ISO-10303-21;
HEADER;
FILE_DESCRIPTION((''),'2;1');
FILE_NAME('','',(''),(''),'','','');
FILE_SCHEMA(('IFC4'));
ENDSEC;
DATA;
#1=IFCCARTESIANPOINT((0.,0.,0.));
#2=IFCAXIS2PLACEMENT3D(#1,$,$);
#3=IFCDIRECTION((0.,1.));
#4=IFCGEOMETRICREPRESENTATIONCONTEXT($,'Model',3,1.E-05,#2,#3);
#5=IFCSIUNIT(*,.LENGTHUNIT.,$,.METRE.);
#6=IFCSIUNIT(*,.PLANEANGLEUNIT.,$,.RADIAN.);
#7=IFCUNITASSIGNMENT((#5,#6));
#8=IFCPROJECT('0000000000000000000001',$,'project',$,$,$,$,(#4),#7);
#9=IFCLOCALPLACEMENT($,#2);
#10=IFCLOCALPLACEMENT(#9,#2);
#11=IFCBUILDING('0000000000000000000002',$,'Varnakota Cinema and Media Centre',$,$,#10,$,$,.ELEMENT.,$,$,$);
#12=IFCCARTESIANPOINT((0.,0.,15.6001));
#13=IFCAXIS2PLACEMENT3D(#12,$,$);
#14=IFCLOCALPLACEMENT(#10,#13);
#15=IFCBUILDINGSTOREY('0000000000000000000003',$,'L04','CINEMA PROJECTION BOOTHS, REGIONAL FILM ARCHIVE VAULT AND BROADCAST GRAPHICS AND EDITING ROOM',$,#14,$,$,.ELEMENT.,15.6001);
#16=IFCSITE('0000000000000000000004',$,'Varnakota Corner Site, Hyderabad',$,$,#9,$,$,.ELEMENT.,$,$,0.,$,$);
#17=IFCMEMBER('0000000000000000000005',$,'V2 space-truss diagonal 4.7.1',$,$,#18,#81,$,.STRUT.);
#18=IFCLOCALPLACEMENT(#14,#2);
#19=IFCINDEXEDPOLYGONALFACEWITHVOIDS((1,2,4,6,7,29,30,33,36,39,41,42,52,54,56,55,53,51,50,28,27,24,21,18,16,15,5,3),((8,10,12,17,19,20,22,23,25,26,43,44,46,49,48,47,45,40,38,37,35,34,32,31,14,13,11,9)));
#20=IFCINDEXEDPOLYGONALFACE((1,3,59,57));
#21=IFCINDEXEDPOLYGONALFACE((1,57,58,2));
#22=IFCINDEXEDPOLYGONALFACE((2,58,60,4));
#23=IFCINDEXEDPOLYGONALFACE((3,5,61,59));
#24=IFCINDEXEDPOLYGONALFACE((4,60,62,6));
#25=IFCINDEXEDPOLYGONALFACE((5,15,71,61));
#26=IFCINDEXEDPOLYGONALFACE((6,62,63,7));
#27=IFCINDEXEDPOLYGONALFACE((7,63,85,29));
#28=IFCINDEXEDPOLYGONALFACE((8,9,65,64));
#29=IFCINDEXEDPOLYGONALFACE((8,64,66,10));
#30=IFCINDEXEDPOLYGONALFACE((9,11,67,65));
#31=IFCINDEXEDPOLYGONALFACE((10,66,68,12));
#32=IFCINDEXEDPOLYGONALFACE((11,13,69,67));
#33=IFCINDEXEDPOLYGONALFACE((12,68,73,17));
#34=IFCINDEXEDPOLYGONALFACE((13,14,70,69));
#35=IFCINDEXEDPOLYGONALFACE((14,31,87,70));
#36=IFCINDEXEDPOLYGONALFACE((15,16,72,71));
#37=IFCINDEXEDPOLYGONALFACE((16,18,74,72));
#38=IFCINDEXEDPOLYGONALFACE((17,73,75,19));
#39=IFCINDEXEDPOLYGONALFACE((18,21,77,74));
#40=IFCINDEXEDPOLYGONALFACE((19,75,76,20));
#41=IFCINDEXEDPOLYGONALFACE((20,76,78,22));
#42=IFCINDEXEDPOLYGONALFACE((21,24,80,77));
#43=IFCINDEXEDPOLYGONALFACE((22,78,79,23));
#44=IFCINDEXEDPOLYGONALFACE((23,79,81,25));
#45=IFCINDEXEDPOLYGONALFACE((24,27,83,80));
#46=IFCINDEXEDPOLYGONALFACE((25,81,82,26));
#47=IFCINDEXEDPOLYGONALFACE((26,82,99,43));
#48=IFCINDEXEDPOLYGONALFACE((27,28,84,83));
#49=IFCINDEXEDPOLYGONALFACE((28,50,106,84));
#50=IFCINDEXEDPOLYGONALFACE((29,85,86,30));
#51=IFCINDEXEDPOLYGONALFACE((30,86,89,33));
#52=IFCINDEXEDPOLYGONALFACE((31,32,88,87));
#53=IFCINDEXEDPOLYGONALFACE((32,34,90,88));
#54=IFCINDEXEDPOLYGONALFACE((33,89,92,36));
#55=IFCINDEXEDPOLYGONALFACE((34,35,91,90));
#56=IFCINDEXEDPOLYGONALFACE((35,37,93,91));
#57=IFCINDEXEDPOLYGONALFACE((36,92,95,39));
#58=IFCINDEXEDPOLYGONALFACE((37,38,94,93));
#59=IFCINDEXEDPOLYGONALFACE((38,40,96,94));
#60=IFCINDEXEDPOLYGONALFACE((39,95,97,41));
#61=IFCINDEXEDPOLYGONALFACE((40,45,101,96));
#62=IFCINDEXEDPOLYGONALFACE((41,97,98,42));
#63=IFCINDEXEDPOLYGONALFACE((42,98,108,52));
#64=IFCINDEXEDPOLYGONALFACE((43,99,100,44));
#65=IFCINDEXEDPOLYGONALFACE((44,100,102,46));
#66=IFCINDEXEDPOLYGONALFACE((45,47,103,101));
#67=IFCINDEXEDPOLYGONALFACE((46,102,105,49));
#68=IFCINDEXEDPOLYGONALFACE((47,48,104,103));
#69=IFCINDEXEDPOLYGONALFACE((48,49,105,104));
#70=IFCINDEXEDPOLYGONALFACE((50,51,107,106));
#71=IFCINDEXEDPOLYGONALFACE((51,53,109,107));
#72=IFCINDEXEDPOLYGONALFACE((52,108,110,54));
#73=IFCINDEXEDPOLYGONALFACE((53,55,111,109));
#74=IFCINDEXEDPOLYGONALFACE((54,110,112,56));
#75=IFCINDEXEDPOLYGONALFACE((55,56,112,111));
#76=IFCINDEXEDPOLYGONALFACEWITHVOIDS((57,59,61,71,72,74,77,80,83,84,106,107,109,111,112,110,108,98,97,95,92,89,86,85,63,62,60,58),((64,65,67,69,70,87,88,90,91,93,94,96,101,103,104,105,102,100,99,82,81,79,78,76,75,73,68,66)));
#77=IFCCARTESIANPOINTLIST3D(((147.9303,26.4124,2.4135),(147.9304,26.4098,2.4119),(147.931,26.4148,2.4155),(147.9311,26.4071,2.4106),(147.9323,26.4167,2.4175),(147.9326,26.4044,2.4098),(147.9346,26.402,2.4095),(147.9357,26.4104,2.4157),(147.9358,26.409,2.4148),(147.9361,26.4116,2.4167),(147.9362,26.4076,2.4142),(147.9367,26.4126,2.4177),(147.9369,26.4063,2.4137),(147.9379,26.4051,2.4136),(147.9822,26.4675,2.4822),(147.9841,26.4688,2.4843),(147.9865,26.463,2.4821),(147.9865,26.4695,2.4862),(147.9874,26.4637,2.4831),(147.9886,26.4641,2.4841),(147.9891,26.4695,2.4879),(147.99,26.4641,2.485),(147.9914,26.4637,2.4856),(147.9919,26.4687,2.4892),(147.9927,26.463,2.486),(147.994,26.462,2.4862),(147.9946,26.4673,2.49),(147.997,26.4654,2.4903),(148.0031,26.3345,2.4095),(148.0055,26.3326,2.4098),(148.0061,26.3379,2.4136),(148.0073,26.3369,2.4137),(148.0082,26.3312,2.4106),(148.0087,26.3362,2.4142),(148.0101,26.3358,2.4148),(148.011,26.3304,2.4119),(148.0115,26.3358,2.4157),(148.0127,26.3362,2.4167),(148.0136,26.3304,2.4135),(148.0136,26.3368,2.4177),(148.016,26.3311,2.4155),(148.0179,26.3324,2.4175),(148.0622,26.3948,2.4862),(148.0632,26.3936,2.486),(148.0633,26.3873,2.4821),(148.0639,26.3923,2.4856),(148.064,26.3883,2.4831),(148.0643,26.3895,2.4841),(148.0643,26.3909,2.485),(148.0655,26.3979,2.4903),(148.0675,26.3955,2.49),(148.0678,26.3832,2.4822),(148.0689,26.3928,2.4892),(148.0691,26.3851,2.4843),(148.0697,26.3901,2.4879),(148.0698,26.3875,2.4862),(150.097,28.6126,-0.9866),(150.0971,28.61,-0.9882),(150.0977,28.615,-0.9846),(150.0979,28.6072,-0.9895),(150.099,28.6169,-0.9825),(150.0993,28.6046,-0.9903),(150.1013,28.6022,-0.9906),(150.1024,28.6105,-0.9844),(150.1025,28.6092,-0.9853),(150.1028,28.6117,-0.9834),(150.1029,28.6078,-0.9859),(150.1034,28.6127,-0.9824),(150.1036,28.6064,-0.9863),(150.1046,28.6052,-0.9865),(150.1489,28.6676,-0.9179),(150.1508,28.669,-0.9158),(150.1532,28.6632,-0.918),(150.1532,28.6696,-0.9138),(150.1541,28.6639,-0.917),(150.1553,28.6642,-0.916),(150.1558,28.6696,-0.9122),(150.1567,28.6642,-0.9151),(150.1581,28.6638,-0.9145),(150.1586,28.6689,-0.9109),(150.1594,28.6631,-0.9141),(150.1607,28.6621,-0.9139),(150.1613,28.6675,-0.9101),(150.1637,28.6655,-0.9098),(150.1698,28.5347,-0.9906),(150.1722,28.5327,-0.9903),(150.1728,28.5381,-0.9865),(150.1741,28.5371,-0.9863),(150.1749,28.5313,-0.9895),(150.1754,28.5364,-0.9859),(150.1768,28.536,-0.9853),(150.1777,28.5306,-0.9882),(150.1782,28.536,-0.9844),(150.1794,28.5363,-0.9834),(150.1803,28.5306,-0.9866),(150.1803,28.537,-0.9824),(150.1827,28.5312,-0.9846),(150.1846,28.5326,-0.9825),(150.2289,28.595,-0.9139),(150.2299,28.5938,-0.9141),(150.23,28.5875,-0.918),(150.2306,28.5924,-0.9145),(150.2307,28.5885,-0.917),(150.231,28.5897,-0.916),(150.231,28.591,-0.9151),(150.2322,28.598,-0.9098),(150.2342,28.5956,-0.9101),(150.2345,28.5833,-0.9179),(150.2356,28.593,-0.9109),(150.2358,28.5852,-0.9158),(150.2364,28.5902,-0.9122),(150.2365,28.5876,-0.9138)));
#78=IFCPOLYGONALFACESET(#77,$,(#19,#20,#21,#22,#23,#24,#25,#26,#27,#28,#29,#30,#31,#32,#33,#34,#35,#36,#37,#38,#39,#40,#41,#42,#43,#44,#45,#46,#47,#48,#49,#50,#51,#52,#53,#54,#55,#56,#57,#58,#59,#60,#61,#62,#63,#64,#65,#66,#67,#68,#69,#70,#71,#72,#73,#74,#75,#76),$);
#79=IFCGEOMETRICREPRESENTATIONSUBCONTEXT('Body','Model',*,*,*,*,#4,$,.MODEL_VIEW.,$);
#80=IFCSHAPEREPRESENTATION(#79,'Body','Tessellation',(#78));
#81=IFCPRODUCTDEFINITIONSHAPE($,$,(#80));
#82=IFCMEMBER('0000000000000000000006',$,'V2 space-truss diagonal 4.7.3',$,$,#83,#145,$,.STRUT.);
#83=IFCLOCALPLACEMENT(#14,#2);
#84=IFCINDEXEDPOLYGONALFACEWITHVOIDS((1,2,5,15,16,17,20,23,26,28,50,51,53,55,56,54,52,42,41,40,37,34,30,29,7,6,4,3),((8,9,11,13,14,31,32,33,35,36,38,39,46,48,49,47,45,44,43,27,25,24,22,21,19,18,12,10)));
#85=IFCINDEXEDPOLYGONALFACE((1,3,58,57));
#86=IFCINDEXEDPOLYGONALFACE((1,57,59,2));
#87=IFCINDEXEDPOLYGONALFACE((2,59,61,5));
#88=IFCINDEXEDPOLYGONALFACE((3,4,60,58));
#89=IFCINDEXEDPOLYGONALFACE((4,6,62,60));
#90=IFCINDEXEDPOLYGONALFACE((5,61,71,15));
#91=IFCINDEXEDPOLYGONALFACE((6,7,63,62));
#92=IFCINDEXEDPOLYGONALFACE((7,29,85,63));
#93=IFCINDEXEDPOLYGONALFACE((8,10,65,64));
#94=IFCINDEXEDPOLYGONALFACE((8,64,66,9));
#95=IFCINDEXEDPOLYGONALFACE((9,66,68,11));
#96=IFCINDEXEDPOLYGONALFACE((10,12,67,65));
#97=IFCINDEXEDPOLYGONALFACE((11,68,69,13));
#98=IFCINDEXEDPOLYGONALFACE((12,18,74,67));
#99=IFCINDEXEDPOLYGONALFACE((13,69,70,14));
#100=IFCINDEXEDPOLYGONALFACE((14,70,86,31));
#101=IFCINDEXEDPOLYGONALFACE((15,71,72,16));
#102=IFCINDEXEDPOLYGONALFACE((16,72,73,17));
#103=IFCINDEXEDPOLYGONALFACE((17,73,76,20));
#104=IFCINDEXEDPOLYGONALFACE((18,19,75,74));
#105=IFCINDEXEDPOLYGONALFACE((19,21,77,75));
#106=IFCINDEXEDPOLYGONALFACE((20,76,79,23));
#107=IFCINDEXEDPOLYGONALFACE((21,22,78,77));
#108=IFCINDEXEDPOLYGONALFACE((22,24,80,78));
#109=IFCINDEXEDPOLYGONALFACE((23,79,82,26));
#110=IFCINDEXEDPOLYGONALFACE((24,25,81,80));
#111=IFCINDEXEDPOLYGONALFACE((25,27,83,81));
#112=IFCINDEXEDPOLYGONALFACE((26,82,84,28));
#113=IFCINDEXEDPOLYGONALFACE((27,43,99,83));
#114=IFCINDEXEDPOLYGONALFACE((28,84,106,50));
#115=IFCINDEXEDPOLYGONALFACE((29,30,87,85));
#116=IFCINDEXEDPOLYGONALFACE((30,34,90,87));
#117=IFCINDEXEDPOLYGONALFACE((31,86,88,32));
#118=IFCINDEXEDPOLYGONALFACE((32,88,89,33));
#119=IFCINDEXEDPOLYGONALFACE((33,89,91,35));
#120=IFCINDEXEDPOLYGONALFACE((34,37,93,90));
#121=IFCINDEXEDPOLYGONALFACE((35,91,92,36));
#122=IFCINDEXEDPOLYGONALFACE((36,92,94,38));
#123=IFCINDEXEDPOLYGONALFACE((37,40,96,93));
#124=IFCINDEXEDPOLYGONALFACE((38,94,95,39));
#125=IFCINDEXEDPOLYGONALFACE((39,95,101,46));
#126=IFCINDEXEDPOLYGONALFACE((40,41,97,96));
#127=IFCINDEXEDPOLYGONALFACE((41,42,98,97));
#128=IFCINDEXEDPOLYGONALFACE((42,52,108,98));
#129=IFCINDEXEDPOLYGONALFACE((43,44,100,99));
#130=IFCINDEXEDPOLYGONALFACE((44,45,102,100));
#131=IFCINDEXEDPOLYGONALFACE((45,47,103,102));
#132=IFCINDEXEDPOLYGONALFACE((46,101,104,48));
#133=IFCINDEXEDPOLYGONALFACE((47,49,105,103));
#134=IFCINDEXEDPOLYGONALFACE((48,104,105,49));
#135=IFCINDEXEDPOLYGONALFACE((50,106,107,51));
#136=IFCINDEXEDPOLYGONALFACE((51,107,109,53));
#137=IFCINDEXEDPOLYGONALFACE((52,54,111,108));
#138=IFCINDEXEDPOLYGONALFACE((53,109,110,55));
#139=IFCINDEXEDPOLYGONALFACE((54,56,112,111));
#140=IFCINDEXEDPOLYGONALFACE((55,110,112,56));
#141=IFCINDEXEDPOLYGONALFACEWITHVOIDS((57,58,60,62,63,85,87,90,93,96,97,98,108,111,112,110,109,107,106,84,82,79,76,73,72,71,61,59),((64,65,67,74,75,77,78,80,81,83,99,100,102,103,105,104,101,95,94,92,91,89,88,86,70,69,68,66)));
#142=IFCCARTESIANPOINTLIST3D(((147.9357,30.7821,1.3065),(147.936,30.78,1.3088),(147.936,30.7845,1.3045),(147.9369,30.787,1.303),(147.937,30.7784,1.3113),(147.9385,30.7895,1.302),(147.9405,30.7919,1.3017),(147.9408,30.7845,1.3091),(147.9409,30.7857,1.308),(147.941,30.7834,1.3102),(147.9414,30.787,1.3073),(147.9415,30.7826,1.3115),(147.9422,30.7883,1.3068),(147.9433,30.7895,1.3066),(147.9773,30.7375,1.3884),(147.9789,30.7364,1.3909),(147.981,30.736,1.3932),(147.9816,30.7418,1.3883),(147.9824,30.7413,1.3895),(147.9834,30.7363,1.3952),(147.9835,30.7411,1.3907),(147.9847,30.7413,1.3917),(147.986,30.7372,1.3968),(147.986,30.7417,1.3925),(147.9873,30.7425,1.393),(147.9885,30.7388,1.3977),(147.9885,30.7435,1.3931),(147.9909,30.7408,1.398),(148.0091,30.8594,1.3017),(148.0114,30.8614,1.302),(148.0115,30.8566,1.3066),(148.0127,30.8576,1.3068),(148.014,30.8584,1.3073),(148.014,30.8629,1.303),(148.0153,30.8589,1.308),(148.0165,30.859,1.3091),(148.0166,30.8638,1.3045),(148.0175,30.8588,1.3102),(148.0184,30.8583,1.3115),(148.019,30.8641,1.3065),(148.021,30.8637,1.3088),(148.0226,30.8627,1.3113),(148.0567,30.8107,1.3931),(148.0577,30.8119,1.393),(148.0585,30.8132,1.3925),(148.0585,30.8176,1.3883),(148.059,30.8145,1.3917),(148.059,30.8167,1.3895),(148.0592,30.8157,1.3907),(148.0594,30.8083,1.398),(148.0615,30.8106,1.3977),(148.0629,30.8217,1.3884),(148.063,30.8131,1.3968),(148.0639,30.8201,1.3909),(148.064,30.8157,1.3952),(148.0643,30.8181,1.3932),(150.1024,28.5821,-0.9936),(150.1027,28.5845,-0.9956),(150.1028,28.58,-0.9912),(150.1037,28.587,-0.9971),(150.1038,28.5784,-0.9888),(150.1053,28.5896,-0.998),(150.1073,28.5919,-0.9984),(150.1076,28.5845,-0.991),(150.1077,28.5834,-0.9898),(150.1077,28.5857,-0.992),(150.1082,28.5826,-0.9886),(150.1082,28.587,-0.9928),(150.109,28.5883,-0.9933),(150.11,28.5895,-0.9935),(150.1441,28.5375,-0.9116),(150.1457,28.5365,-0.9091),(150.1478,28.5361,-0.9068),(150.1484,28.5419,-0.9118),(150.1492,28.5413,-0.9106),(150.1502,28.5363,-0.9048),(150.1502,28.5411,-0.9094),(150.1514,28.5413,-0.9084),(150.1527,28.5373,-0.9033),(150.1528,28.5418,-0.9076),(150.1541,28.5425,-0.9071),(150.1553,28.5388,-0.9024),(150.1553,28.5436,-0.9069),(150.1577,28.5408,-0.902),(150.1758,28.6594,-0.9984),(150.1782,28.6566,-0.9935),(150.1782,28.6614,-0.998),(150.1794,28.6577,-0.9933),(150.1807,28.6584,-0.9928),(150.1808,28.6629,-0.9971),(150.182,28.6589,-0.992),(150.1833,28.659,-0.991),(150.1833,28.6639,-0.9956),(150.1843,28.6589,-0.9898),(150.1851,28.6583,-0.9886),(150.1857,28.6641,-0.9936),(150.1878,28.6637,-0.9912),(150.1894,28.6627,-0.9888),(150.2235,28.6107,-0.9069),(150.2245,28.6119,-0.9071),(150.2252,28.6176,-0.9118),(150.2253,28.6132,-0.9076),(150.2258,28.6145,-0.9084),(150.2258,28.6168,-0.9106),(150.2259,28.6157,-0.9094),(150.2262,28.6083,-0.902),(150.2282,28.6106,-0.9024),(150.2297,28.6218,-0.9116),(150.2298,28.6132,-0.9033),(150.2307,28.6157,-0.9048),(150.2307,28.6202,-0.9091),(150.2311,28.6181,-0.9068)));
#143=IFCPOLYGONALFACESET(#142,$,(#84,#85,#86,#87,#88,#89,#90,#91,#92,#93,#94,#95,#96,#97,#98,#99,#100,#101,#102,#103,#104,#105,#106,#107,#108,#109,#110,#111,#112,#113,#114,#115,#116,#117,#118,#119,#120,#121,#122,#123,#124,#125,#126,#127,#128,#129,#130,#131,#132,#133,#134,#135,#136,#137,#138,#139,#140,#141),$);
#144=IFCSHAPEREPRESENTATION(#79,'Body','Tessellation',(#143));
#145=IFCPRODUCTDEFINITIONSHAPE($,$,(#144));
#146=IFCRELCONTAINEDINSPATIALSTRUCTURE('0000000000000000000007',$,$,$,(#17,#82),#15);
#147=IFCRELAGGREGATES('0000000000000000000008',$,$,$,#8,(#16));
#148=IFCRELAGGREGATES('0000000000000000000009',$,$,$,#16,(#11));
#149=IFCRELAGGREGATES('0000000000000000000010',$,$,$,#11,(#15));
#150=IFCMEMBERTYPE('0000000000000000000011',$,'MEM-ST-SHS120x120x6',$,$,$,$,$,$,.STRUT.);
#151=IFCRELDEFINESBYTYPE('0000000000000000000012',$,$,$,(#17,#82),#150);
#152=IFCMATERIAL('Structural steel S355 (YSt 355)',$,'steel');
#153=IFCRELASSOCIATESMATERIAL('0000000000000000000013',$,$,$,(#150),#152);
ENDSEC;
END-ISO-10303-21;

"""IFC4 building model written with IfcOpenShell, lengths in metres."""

from ifc_helpers import new_model, si_unit, direction, frame, origin, origin_2d, place, context, subcontext, project, spatial, hollow_rectangle, extrude, material, material_profile, profile_set, type_object, element, save


model = new_model("IFC4")

# Units and contexts
model_context = context("Model", 3, precision=1e-05, world=origin(), true_north=direction((0.0, 1.0)))
body_context = subcontext(model_context, "Body", "Model", "MODEL_VIEW")
ifc_project = project(units=[si_unit("LENGTHUNIT", "METRE"), si_unit("PLANEANGLEUNIT", "RADIAN")], contexts=[model_context])

# Site, building, storey
site_placement = place(None, origin())
site = spatial("IfcSite", under=ifc_project, at=site_placement, Name="Varnakota Corner Site, Hyderabad", CompositionType="ELEMENT", RefElevation=0.0)
building_placement = place(site_placement, origin())
building = spatial("IfcBuilding", under=site, at=building_placement, Name="Varnakota Cinema and Media Centre", CompositionType="ELEMENT")
storey_placement = place(building_placement, frame((0.0, 0.0, 15.6001)))
storey = spatial("IfcBuildingStorey", under=building, at=storey_placement, Name="L04", Description="CINEMA PROJECTION BOOTHS, REGIONAL FILM ARCHIVE VAULT AND BROADCAST GRAPHICS AND EDITING ROOM", CompositionType="ELEMENT", Elevation=15.6001)

# Members
ifc_material_1 = material(Name="Structural steel S355 (YSt 355)", Category="steel")
ifc_material_profile_1 = material_profile(ifc_material_1, hollow_rectangle(XDim=0.1201, YDim=0.1201, WallThickness=0.0061, InnerFilletRadius=0.0061, OuterFilletRadius=0.012, at=origin_2d()), Name="SHS 120x120x6")
ifc_profile_set_1 = profile_set([ifc_material_profile_1], Name="Structural steel S355 (YSt 355)")
member_type_1 = type_object("IfcMemberType", Name="MEM-ST-SHS120x120x6", PredefinedType="STRUT", material=ifc_profile_set_1)
member_1_placement = place(storey_placement, frame((150.1667, 28.6001, -0.9502), z_axis=(-0.471739, -0.479021, 0.740271), x_axis=(0.712502, -0.70167, 0.0)))
element("IfcMember", 1, at=member_1_placement, inside=storey, type_object=member_type_1, Name="V2 space-truss diagonal 4.7.1", PredefinedType="STRUT", context=body_context, shape_type="SweptSolid", body=[
    extrude(hollow_rectangle(XDim=0.1201, YDim=0.1201, WallThickness=0.0061, InnerFilletRadius=0.0061, OuterFilletRadius=0.012, at=origin_2d()), origin(), (0.0, 0.0, 1.0), 4.593),
])
member_2_placement = place(storey_placement, frame((150.1667, 28.6001, -0.9502), z_axis=(-0.562748, 0.571371, 0.597369), x_axis=(-0.712463, -0.70171, 0.0)))
element("IfcMember", 2, at=member_2_placement, inside=storey, type_object=member_type_1, Name="V2 space-truss diagonal 4.7.3", PredefinedType="STRUT", context=body_context, shape_type="SweptSolid", body=[
    extrude(hollow_rectangle(XDim=0.1201, YDim=0.1201, WallThickness=0.0061, InnerFilletRadius=0.0061, OuterFilletRadius=0.012, at=origin_2d()), origin(), (0.0, 0.0, 1.0), 3.8503),
])

save(model, "model.ifc")
